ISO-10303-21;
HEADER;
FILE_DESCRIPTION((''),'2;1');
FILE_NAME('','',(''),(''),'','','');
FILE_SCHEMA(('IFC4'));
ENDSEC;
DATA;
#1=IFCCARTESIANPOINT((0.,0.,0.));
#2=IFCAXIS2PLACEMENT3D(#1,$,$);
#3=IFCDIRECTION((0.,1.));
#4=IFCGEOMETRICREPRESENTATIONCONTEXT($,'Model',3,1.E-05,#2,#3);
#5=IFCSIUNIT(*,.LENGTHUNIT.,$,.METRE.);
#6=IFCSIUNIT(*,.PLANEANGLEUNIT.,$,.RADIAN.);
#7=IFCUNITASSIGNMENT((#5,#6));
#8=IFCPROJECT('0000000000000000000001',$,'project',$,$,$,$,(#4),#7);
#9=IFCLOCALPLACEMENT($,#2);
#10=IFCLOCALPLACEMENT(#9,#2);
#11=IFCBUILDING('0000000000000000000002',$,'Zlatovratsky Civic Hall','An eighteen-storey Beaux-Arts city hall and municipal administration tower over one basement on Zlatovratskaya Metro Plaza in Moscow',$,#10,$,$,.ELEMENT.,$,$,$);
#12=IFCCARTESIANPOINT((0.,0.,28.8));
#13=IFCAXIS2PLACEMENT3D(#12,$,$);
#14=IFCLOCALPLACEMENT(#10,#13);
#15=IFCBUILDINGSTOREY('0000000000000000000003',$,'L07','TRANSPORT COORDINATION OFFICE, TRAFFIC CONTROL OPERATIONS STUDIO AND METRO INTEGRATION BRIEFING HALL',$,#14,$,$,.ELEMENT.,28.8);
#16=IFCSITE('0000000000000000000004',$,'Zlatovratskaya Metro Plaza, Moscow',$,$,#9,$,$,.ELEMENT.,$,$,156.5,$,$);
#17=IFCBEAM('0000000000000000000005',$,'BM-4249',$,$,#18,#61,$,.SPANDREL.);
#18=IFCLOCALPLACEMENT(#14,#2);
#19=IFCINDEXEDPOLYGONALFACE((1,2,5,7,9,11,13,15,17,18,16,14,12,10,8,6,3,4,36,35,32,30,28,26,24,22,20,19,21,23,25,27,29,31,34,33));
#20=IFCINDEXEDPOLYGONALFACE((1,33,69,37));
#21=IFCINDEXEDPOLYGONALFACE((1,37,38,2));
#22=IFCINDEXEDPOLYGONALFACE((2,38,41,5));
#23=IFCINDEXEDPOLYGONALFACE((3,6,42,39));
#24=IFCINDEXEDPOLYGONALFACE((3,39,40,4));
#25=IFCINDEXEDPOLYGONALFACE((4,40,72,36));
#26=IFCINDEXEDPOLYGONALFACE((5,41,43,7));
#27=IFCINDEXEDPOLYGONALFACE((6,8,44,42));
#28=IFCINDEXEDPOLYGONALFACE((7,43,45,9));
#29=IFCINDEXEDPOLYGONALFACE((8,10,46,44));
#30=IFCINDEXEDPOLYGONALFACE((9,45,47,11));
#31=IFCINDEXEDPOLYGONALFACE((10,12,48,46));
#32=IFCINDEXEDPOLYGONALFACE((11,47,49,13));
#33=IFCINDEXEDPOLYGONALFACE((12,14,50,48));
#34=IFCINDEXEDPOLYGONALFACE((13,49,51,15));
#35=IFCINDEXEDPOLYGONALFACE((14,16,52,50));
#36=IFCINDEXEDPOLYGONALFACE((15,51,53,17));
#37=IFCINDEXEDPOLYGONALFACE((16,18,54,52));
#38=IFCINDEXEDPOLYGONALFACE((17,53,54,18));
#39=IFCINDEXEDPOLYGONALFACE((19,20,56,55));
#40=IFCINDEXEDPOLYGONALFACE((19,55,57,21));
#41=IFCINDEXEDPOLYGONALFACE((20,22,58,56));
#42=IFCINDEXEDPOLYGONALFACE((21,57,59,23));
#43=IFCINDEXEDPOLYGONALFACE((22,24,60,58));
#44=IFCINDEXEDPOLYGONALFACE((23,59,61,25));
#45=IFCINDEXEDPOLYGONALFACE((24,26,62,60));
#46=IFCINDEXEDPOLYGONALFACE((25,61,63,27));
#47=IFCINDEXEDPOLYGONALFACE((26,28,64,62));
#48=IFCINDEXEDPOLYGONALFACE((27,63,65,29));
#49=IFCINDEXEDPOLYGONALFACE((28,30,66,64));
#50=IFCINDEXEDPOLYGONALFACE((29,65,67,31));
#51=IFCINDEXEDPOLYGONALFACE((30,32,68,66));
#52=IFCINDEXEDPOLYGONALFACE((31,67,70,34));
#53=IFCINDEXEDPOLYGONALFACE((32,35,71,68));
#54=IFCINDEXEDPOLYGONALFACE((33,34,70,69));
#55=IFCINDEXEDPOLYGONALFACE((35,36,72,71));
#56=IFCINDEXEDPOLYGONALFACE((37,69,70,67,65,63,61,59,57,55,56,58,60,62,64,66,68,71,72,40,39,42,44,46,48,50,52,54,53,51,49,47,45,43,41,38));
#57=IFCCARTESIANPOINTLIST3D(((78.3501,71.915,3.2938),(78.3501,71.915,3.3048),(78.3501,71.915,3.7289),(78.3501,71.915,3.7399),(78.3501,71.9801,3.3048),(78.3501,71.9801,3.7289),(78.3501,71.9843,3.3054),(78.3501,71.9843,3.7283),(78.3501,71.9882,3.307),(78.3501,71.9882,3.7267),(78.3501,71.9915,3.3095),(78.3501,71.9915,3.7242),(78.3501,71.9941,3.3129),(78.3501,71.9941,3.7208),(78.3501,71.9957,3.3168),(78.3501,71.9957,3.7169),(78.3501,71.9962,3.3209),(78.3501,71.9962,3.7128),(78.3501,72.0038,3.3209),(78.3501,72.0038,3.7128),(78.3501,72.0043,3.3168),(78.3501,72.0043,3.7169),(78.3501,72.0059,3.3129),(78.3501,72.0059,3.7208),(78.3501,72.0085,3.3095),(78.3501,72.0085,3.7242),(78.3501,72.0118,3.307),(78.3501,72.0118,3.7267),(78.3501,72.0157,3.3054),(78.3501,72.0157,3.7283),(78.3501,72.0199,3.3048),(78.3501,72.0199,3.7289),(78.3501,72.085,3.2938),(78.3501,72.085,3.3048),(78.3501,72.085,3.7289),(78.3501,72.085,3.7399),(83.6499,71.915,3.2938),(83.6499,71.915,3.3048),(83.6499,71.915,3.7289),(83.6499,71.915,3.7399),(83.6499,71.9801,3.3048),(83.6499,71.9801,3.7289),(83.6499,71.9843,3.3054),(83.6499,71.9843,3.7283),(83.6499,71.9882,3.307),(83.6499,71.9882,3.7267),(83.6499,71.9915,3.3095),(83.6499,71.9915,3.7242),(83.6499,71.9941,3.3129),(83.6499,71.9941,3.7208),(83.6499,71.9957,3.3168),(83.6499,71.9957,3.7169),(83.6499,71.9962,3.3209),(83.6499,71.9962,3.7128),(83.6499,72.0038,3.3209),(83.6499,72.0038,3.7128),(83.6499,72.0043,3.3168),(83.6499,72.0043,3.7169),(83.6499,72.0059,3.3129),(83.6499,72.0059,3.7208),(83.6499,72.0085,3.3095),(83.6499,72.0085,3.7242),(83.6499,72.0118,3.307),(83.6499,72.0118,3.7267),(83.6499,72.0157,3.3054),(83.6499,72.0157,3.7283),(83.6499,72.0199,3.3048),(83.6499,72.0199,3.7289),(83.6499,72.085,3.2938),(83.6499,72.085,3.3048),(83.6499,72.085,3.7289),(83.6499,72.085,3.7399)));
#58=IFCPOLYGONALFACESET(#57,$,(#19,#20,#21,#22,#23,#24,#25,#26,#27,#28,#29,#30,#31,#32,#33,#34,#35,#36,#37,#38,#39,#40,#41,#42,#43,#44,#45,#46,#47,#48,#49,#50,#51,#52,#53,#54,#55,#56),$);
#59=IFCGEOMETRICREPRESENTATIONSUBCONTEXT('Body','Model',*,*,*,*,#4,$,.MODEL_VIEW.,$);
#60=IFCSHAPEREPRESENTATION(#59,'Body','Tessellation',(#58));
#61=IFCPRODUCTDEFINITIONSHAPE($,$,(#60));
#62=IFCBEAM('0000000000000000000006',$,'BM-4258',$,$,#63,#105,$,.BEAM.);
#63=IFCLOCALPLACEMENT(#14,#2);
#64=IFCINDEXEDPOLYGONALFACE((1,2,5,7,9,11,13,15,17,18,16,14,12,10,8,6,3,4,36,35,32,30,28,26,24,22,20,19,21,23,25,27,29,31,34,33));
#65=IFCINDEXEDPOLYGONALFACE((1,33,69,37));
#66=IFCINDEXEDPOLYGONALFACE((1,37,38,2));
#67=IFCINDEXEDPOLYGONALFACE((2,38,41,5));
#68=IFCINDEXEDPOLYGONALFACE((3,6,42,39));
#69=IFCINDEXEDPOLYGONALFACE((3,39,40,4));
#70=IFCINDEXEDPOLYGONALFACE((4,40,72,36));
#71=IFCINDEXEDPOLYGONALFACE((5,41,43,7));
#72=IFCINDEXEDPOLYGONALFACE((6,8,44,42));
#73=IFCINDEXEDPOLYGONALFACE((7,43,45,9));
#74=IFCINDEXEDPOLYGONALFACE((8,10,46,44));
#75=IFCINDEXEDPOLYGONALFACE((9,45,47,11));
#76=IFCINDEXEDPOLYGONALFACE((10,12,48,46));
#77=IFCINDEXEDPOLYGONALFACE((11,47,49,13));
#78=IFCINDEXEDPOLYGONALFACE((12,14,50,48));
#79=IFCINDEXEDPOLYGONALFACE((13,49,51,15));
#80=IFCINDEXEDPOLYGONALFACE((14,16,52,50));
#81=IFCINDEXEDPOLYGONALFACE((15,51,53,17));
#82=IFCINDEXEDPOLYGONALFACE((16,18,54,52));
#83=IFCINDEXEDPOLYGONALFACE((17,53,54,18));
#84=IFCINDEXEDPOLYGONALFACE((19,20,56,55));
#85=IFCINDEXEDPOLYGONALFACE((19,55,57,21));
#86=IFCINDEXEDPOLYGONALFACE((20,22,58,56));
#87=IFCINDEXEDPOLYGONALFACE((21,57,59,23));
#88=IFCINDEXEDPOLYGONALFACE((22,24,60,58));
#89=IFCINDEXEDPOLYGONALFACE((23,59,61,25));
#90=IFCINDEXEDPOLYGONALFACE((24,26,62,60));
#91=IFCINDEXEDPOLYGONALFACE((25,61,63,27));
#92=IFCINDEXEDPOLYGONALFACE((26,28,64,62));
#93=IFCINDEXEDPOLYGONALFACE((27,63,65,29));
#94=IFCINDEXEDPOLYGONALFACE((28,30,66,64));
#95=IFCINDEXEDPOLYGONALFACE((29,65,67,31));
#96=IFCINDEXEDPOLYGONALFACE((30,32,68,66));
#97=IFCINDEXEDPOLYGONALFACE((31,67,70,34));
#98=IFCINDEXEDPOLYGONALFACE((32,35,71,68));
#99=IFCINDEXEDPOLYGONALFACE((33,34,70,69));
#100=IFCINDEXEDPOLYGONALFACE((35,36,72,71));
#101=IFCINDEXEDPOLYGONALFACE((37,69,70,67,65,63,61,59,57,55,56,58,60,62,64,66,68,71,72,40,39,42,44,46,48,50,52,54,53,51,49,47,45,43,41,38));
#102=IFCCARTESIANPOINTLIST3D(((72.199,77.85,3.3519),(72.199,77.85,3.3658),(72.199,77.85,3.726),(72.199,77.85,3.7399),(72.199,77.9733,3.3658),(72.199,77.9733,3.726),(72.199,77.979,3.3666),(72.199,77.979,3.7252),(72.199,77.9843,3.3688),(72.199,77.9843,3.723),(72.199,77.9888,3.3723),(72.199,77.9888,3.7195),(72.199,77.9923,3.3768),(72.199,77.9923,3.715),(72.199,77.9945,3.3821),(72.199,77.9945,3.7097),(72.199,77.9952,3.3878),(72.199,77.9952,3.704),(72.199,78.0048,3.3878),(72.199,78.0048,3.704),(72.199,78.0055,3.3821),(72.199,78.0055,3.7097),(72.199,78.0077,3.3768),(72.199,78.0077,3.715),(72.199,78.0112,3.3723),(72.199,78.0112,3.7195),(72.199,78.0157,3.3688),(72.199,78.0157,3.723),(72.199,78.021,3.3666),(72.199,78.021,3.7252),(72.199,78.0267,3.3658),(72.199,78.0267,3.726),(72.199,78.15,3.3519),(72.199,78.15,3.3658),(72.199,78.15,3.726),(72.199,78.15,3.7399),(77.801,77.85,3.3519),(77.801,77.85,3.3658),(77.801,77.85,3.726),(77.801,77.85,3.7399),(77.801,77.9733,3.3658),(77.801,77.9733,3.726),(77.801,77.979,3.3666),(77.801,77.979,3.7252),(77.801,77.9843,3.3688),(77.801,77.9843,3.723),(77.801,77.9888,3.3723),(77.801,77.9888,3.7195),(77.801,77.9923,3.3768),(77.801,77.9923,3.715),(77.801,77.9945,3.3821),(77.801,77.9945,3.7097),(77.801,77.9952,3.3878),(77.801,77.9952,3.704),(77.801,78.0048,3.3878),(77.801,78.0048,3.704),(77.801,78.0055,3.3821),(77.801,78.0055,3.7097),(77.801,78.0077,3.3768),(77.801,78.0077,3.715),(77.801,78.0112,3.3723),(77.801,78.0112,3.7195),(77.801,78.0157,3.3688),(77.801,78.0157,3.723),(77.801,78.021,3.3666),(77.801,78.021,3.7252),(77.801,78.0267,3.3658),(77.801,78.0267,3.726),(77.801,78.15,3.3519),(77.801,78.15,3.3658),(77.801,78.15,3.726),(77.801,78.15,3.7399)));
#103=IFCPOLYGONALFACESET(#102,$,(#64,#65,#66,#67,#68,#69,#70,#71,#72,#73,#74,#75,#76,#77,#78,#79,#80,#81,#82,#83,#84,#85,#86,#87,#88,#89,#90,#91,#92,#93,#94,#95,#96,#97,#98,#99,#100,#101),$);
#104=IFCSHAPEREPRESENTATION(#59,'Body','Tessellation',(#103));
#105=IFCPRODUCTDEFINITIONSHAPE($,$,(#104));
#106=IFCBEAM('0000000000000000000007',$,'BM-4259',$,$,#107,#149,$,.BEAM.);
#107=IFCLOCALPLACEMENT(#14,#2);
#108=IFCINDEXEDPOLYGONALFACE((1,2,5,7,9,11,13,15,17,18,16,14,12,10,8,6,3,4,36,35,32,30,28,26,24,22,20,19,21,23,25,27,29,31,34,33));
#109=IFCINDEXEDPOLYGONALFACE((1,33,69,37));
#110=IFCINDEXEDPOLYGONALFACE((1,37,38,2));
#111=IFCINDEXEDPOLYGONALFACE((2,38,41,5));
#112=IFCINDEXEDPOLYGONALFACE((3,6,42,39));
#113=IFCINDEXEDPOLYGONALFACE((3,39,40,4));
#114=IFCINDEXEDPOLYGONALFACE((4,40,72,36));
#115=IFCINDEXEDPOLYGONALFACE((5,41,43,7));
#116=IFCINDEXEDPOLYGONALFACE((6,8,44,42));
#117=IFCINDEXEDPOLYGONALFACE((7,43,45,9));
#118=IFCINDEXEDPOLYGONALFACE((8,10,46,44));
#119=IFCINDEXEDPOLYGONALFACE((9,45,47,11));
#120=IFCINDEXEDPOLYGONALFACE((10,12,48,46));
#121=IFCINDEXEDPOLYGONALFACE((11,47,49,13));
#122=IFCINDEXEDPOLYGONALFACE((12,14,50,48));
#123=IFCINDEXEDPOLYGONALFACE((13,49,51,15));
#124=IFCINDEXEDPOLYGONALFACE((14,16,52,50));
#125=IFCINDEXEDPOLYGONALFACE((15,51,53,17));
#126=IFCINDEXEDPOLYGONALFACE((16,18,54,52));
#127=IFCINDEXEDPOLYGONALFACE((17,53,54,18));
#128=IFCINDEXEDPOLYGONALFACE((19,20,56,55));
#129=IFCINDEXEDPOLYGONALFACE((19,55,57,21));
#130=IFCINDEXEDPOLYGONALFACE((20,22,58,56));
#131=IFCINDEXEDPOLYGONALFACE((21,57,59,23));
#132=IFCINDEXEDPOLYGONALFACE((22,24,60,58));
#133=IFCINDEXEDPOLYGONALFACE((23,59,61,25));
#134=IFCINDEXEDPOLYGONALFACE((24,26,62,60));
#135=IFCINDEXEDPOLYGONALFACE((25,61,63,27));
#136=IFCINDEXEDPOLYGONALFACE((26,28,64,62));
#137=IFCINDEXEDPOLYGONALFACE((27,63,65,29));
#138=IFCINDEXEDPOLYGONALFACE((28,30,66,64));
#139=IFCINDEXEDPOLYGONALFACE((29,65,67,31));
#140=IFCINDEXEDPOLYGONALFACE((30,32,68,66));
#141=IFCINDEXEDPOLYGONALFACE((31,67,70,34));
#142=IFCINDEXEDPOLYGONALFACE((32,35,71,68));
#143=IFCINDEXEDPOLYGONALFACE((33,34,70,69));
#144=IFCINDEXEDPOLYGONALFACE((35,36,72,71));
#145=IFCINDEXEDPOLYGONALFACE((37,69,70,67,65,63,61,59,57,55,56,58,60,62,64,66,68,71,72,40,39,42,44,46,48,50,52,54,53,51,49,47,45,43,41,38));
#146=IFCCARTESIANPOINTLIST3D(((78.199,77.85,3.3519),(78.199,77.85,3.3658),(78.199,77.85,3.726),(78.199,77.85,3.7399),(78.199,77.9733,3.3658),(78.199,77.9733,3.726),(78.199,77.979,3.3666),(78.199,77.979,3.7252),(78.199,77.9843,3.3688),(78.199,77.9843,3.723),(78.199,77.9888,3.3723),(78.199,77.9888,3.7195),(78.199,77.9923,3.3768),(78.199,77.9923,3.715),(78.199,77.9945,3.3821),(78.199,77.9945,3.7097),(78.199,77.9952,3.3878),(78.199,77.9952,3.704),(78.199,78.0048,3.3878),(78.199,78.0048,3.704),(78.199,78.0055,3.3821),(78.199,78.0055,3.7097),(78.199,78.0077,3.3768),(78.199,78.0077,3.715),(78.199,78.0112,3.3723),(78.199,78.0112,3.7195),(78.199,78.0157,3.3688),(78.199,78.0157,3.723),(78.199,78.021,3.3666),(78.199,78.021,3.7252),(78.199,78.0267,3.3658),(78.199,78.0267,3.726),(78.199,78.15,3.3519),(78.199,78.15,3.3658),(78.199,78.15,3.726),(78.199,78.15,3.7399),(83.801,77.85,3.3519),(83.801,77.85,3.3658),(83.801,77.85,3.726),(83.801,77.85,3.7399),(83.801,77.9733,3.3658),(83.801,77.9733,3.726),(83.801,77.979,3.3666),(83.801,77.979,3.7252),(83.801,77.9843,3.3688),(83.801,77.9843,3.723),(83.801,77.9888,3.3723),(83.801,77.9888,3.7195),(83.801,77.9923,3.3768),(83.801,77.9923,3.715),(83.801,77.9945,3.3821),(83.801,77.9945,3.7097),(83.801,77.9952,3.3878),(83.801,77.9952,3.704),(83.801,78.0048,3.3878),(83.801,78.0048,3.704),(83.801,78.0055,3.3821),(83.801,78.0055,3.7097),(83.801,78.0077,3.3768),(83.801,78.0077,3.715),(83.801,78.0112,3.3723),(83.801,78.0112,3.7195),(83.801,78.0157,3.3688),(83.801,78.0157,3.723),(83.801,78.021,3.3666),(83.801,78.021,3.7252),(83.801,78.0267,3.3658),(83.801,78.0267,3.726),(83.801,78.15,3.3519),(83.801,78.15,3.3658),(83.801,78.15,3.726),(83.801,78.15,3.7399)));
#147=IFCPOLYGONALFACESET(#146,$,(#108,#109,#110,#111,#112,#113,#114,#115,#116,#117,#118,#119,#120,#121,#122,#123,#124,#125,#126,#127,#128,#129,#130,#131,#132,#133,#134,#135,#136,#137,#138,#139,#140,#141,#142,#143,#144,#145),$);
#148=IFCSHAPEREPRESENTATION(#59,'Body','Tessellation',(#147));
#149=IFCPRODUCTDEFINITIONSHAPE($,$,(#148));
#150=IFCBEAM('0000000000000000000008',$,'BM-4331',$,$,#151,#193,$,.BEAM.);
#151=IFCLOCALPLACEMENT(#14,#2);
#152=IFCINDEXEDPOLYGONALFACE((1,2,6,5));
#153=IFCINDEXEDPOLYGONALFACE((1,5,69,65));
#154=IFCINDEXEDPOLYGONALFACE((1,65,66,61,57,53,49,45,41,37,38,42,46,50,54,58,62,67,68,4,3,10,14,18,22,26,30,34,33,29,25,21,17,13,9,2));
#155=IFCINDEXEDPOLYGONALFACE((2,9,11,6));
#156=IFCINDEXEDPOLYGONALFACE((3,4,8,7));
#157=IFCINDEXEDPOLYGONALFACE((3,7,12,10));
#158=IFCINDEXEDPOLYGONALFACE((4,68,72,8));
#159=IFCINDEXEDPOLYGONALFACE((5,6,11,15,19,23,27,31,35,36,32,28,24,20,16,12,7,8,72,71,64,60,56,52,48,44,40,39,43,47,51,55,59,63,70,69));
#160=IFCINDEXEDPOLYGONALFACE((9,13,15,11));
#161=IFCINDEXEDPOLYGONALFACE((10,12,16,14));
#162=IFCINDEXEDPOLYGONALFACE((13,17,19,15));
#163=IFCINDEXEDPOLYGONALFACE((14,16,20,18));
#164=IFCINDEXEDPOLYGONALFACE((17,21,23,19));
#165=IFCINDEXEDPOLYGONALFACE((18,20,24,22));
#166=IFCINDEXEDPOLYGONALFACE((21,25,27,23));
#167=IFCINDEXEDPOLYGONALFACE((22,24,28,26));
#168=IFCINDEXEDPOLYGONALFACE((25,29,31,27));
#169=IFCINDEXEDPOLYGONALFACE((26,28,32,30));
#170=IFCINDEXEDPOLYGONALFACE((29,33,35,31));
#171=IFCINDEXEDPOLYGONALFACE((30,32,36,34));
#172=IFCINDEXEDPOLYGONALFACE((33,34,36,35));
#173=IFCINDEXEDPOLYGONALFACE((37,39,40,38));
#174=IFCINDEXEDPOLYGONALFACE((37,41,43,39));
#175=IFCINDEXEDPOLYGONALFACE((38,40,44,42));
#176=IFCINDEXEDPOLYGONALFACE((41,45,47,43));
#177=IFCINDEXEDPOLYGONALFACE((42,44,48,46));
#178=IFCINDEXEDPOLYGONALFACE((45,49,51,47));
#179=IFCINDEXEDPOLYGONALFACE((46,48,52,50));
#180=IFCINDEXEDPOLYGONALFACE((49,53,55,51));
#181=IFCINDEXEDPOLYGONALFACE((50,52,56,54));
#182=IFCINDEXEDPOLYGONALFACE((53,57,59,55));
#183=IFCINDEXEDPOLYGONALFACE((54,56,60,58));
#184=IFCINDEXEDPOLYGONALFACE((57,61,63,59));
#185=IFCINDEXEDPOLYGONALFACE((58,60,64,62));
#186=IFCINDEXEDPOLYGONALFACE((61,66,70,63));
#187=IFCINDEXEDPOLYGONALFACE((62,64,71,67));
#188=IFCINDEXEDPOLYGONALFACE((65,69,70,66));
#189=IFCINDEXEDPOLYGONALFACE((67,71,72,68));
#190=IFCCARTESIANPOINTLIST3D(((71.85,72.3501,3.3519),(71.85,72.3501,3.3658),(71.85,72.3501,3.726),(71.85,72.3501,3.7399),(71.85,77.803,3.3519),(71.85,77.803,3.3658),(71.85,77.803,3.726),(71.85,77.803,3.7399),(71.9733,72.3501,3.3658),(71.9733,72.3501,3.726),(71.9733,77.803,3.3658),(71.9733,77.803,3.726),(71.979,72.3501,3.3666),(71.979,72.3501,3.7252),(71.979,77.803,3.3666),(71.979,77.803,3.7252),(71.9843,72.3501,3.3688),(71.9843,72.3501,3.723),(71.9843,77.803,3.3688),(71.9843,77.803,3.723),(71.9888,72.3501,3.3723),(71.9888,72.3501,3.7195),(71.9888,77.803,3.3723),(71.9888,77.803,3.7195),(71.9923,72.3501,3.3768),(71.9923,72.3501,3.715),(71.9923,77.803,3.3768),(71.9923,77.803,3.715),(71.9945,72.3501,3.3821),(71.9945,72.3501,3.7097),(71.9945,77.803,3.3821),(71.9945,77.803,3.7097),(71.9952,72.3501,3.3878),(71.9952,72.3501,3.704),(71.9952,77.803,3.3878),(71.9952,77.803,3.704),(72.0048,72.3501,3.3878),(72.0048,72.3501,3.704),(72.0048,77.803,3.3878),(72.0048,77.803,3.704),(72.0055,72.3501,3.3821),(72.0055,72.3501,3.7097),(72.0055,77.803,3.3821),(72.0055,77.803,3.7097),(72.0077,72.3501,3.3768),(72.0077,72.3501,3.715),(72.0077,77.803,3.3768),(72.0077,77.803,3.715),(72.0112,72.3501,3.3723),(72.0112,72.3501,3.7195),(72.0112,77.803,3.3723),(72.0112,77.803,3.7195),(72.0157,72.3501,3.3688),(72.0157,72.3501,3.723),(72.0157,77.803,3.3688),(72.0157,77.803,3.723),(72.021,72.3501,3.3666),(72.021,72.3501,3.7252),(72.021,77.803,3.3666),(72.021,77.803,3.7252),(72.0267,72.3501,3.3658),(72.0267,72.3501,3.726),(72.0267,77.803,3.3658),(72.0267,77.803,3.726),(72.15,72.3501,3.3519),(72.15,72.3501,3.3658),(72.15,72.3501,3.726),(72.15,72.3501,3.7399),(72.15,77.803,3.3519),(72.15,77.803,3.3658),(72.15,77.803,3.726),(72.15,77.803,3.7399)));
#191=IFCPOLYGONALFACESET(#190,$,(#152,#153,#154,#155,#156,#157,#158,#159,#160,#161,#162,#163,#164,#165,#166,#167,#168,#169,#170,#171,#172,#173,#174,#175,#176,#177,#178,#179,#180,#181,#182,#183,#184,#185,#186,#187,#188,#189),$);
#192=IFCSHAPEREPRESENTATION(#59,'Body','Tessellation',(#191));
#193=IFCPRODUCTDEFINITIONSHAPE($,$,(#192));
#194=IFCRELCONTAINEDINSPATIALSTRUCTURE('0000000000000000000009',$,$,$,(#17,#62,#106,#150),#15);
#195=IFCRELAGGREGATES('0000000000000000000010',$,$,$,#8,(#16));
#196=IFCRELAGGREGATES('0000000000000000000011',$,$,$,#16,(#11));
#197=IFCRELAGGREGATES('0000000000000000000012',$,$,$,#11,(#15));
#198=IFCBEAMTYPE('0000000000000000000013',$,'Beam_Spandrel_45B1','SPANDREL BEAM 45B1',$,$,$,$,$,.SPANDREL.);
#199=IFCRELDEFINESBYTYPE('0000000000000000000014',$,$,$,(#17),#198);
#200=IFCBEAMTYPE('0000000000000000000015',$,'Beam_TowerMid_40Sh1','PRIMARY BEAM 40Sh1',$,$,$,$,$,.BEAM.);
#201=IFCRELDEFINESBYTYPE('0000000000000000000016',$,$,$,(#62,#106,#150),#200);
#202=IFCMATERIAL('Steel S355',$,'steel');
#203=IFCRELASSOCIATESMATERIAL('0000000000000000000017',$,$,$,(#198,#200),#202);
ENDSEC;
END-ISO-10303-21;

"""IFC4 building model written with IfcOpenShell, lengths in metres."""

from ifc_helpers import new_model, si_unit, direction, frame, origin, origin_2d, place, context, subcontext, project, spatial, i_section, extrude, material, material_profile, profile_set, type_object, element, save


model = new_model("IFC4")

# Units and contexts
model_context = context("Model", 3, precision=1e-05, world=origin(), true_north=direction((0.0, 1.0)))
body_context = subcontext(model_context, "Body", "Model", "MODEL_VIEW")
ifc_project = project(units=[si_unit("LENGTHUNIT", "METRE"), si_unit("PLANEANGLEUNIT", "RADIAN")], contexts=[model_context])

# Site, building, storey
site_placement = place(None, origin())
site = spatial("IfcSite", under=ifc_project, at=site_placement, Name="Zlatovratskaya Metro Plaza, Moscow", CompositionType="ELEMENT", RefElevation=156.5)
building_placement = place(site_placement, origin())
building = spatial("IfcBuilding", under=site, at=building_placement, Name="Zlatovratsky Civic Hall", Description="An eighteen-storey Beaux-Arts city hall and municipal administration tower over one basement on Zlatovratskaya Metro Plaza in Moscow", CompositionType="ELEMENT")
storey_placement = place(building_placement, frame((0.0, 0.0, 28.8)))
storey = spatial("IfcBuildingStorey", under=building, at=storey_placement, Name="L07", Description="TRANSPORT COORDINATION OFFICE, TRAFFIC CONTROL OPERATIONS STUDIO AND METRO INTEGRATION BRIEFING HALL", CompositionType="ELEMENT", Elevation=28.8)

# Shared definitions
ifc_material_1 = material(Name="Steel S355", Category="steel")

# Beams
ifc_material_profile_1 = material_profile(ifc_material_1, i_section(OverallWidth=0.1699, OverallDepth=0.446, WebThickness=0.0076, FlangeThickness=0.011, FilletRadius=0.0161, at=origin_2d()), Name="45B1")
ifc_profile_set_1 = profile_set([ifc_material_profile_1], Name="Steel S355")
beam_type_1 = type_object("IfcBeamType", Name="Beam_Spandrel_45B1", Description="SPANDREL BEAM 45B1", PredefinedType="SPANDREL", material=ifc_profile_set_1)
for number, where, z_axis, x_axis, name in (
    (1, (78.3501, 72.0, 3.5168), (1.0, 0.0, 0.0), (0.0, 1.0, 0.0), "BM-4249"),
):
    element("IfcBeam", number, at=place(storey_placement, frame(where, z_axis=z_axis, x_axis=x_axis)), inside=storey, type_object=beam_type_1, Name=name, PredefinedType="SPANDREL", context=body_context, shape_type="SweptSolid", body=[
        extrude(i_section(OverallWidth=0.1699, OverallDepth=0.446, WebThickness=0.0076, FlangeThickness=0.011, FilletRadius=0.0161, at=origin_2d()), origin(), (0.0, 0.0, 1.0), 5.2998),
    ])
ifc_material_profile_2 = material_profile(ifc_material_1, i_section(OverallWidth=0.3, OverallDepth=0.3879, WebThickness=0.0095, FlangeThickness=0.0139, FilletRadius=0.022, at=origin_2d()), Name="40Sh1")
ifc_profile_set_2 = profile_set([ifc_material_profile_2], Name="Steel S355")
beam_type_2 = type_object("IfcBeamType", Name="Beam_TowerMid_40Sh1", Description="PRIMARY BEAM 40Sh1", PredefinedType="BEAM", material=ifc_profile_set_2)
for number, where, z_axis, x_axis, name in (
    (2, (72.199, 78.0, 3.5459), (1.0, 0.0, 0.0), (0.0, 1.0, 0.0), "BM-4258"),
    (3, (78.199, 78.0, 3.5459), (1.0, 0.0, 0.0), (0.0, 1.0, 0.0), "BM-4259"),
):
    element("IfcBeam", number, at=place(storey_placement, frame(where, z_axis=z_axis, x_axis=x_axis)), inside=storey, type_object=beam_type_2, Name=name, PredefinedType="BEAM", context=body_context, shape_type="SweptSolid", body=[
        extrude(i_section(OverallWidth=0.3, OverallDepth=0.3879, WebThickness=0.0095, FlangeThickness=0.0139, FilletRadius=0.022, at=origin_2d()), origin(), (0.0, 0.0, 1.0), 5.6021),
    ])
for number, where, z_axis, x_axis, name in (
    (4, (72.0, 72.3501, 3.5459), (0.0, 1.0, 0.0), (-1.0, 0.0, 0.0), "BM-4331"),
):
    element("IfcBeam", number, at=place(storey_placement, frame(where, z_axis=z_axis, x_axis=x_axis)), inside=storey, type_object=beam_type_2, Name=name, PredefinedType="BEAM", context=body_context, shape_type="SweptSolid", body=[
        extrude(i_section(OverallWidth=0.3, OverallDepth=0.3879, WebThickness=0.0095, FlangeThickness=0.0139, FilletRadius=0.022, at=origin_2d()), origin(), (0.0, 0.0, 1.0), 5.4529),
    ])

save(model, "model.ifc")
